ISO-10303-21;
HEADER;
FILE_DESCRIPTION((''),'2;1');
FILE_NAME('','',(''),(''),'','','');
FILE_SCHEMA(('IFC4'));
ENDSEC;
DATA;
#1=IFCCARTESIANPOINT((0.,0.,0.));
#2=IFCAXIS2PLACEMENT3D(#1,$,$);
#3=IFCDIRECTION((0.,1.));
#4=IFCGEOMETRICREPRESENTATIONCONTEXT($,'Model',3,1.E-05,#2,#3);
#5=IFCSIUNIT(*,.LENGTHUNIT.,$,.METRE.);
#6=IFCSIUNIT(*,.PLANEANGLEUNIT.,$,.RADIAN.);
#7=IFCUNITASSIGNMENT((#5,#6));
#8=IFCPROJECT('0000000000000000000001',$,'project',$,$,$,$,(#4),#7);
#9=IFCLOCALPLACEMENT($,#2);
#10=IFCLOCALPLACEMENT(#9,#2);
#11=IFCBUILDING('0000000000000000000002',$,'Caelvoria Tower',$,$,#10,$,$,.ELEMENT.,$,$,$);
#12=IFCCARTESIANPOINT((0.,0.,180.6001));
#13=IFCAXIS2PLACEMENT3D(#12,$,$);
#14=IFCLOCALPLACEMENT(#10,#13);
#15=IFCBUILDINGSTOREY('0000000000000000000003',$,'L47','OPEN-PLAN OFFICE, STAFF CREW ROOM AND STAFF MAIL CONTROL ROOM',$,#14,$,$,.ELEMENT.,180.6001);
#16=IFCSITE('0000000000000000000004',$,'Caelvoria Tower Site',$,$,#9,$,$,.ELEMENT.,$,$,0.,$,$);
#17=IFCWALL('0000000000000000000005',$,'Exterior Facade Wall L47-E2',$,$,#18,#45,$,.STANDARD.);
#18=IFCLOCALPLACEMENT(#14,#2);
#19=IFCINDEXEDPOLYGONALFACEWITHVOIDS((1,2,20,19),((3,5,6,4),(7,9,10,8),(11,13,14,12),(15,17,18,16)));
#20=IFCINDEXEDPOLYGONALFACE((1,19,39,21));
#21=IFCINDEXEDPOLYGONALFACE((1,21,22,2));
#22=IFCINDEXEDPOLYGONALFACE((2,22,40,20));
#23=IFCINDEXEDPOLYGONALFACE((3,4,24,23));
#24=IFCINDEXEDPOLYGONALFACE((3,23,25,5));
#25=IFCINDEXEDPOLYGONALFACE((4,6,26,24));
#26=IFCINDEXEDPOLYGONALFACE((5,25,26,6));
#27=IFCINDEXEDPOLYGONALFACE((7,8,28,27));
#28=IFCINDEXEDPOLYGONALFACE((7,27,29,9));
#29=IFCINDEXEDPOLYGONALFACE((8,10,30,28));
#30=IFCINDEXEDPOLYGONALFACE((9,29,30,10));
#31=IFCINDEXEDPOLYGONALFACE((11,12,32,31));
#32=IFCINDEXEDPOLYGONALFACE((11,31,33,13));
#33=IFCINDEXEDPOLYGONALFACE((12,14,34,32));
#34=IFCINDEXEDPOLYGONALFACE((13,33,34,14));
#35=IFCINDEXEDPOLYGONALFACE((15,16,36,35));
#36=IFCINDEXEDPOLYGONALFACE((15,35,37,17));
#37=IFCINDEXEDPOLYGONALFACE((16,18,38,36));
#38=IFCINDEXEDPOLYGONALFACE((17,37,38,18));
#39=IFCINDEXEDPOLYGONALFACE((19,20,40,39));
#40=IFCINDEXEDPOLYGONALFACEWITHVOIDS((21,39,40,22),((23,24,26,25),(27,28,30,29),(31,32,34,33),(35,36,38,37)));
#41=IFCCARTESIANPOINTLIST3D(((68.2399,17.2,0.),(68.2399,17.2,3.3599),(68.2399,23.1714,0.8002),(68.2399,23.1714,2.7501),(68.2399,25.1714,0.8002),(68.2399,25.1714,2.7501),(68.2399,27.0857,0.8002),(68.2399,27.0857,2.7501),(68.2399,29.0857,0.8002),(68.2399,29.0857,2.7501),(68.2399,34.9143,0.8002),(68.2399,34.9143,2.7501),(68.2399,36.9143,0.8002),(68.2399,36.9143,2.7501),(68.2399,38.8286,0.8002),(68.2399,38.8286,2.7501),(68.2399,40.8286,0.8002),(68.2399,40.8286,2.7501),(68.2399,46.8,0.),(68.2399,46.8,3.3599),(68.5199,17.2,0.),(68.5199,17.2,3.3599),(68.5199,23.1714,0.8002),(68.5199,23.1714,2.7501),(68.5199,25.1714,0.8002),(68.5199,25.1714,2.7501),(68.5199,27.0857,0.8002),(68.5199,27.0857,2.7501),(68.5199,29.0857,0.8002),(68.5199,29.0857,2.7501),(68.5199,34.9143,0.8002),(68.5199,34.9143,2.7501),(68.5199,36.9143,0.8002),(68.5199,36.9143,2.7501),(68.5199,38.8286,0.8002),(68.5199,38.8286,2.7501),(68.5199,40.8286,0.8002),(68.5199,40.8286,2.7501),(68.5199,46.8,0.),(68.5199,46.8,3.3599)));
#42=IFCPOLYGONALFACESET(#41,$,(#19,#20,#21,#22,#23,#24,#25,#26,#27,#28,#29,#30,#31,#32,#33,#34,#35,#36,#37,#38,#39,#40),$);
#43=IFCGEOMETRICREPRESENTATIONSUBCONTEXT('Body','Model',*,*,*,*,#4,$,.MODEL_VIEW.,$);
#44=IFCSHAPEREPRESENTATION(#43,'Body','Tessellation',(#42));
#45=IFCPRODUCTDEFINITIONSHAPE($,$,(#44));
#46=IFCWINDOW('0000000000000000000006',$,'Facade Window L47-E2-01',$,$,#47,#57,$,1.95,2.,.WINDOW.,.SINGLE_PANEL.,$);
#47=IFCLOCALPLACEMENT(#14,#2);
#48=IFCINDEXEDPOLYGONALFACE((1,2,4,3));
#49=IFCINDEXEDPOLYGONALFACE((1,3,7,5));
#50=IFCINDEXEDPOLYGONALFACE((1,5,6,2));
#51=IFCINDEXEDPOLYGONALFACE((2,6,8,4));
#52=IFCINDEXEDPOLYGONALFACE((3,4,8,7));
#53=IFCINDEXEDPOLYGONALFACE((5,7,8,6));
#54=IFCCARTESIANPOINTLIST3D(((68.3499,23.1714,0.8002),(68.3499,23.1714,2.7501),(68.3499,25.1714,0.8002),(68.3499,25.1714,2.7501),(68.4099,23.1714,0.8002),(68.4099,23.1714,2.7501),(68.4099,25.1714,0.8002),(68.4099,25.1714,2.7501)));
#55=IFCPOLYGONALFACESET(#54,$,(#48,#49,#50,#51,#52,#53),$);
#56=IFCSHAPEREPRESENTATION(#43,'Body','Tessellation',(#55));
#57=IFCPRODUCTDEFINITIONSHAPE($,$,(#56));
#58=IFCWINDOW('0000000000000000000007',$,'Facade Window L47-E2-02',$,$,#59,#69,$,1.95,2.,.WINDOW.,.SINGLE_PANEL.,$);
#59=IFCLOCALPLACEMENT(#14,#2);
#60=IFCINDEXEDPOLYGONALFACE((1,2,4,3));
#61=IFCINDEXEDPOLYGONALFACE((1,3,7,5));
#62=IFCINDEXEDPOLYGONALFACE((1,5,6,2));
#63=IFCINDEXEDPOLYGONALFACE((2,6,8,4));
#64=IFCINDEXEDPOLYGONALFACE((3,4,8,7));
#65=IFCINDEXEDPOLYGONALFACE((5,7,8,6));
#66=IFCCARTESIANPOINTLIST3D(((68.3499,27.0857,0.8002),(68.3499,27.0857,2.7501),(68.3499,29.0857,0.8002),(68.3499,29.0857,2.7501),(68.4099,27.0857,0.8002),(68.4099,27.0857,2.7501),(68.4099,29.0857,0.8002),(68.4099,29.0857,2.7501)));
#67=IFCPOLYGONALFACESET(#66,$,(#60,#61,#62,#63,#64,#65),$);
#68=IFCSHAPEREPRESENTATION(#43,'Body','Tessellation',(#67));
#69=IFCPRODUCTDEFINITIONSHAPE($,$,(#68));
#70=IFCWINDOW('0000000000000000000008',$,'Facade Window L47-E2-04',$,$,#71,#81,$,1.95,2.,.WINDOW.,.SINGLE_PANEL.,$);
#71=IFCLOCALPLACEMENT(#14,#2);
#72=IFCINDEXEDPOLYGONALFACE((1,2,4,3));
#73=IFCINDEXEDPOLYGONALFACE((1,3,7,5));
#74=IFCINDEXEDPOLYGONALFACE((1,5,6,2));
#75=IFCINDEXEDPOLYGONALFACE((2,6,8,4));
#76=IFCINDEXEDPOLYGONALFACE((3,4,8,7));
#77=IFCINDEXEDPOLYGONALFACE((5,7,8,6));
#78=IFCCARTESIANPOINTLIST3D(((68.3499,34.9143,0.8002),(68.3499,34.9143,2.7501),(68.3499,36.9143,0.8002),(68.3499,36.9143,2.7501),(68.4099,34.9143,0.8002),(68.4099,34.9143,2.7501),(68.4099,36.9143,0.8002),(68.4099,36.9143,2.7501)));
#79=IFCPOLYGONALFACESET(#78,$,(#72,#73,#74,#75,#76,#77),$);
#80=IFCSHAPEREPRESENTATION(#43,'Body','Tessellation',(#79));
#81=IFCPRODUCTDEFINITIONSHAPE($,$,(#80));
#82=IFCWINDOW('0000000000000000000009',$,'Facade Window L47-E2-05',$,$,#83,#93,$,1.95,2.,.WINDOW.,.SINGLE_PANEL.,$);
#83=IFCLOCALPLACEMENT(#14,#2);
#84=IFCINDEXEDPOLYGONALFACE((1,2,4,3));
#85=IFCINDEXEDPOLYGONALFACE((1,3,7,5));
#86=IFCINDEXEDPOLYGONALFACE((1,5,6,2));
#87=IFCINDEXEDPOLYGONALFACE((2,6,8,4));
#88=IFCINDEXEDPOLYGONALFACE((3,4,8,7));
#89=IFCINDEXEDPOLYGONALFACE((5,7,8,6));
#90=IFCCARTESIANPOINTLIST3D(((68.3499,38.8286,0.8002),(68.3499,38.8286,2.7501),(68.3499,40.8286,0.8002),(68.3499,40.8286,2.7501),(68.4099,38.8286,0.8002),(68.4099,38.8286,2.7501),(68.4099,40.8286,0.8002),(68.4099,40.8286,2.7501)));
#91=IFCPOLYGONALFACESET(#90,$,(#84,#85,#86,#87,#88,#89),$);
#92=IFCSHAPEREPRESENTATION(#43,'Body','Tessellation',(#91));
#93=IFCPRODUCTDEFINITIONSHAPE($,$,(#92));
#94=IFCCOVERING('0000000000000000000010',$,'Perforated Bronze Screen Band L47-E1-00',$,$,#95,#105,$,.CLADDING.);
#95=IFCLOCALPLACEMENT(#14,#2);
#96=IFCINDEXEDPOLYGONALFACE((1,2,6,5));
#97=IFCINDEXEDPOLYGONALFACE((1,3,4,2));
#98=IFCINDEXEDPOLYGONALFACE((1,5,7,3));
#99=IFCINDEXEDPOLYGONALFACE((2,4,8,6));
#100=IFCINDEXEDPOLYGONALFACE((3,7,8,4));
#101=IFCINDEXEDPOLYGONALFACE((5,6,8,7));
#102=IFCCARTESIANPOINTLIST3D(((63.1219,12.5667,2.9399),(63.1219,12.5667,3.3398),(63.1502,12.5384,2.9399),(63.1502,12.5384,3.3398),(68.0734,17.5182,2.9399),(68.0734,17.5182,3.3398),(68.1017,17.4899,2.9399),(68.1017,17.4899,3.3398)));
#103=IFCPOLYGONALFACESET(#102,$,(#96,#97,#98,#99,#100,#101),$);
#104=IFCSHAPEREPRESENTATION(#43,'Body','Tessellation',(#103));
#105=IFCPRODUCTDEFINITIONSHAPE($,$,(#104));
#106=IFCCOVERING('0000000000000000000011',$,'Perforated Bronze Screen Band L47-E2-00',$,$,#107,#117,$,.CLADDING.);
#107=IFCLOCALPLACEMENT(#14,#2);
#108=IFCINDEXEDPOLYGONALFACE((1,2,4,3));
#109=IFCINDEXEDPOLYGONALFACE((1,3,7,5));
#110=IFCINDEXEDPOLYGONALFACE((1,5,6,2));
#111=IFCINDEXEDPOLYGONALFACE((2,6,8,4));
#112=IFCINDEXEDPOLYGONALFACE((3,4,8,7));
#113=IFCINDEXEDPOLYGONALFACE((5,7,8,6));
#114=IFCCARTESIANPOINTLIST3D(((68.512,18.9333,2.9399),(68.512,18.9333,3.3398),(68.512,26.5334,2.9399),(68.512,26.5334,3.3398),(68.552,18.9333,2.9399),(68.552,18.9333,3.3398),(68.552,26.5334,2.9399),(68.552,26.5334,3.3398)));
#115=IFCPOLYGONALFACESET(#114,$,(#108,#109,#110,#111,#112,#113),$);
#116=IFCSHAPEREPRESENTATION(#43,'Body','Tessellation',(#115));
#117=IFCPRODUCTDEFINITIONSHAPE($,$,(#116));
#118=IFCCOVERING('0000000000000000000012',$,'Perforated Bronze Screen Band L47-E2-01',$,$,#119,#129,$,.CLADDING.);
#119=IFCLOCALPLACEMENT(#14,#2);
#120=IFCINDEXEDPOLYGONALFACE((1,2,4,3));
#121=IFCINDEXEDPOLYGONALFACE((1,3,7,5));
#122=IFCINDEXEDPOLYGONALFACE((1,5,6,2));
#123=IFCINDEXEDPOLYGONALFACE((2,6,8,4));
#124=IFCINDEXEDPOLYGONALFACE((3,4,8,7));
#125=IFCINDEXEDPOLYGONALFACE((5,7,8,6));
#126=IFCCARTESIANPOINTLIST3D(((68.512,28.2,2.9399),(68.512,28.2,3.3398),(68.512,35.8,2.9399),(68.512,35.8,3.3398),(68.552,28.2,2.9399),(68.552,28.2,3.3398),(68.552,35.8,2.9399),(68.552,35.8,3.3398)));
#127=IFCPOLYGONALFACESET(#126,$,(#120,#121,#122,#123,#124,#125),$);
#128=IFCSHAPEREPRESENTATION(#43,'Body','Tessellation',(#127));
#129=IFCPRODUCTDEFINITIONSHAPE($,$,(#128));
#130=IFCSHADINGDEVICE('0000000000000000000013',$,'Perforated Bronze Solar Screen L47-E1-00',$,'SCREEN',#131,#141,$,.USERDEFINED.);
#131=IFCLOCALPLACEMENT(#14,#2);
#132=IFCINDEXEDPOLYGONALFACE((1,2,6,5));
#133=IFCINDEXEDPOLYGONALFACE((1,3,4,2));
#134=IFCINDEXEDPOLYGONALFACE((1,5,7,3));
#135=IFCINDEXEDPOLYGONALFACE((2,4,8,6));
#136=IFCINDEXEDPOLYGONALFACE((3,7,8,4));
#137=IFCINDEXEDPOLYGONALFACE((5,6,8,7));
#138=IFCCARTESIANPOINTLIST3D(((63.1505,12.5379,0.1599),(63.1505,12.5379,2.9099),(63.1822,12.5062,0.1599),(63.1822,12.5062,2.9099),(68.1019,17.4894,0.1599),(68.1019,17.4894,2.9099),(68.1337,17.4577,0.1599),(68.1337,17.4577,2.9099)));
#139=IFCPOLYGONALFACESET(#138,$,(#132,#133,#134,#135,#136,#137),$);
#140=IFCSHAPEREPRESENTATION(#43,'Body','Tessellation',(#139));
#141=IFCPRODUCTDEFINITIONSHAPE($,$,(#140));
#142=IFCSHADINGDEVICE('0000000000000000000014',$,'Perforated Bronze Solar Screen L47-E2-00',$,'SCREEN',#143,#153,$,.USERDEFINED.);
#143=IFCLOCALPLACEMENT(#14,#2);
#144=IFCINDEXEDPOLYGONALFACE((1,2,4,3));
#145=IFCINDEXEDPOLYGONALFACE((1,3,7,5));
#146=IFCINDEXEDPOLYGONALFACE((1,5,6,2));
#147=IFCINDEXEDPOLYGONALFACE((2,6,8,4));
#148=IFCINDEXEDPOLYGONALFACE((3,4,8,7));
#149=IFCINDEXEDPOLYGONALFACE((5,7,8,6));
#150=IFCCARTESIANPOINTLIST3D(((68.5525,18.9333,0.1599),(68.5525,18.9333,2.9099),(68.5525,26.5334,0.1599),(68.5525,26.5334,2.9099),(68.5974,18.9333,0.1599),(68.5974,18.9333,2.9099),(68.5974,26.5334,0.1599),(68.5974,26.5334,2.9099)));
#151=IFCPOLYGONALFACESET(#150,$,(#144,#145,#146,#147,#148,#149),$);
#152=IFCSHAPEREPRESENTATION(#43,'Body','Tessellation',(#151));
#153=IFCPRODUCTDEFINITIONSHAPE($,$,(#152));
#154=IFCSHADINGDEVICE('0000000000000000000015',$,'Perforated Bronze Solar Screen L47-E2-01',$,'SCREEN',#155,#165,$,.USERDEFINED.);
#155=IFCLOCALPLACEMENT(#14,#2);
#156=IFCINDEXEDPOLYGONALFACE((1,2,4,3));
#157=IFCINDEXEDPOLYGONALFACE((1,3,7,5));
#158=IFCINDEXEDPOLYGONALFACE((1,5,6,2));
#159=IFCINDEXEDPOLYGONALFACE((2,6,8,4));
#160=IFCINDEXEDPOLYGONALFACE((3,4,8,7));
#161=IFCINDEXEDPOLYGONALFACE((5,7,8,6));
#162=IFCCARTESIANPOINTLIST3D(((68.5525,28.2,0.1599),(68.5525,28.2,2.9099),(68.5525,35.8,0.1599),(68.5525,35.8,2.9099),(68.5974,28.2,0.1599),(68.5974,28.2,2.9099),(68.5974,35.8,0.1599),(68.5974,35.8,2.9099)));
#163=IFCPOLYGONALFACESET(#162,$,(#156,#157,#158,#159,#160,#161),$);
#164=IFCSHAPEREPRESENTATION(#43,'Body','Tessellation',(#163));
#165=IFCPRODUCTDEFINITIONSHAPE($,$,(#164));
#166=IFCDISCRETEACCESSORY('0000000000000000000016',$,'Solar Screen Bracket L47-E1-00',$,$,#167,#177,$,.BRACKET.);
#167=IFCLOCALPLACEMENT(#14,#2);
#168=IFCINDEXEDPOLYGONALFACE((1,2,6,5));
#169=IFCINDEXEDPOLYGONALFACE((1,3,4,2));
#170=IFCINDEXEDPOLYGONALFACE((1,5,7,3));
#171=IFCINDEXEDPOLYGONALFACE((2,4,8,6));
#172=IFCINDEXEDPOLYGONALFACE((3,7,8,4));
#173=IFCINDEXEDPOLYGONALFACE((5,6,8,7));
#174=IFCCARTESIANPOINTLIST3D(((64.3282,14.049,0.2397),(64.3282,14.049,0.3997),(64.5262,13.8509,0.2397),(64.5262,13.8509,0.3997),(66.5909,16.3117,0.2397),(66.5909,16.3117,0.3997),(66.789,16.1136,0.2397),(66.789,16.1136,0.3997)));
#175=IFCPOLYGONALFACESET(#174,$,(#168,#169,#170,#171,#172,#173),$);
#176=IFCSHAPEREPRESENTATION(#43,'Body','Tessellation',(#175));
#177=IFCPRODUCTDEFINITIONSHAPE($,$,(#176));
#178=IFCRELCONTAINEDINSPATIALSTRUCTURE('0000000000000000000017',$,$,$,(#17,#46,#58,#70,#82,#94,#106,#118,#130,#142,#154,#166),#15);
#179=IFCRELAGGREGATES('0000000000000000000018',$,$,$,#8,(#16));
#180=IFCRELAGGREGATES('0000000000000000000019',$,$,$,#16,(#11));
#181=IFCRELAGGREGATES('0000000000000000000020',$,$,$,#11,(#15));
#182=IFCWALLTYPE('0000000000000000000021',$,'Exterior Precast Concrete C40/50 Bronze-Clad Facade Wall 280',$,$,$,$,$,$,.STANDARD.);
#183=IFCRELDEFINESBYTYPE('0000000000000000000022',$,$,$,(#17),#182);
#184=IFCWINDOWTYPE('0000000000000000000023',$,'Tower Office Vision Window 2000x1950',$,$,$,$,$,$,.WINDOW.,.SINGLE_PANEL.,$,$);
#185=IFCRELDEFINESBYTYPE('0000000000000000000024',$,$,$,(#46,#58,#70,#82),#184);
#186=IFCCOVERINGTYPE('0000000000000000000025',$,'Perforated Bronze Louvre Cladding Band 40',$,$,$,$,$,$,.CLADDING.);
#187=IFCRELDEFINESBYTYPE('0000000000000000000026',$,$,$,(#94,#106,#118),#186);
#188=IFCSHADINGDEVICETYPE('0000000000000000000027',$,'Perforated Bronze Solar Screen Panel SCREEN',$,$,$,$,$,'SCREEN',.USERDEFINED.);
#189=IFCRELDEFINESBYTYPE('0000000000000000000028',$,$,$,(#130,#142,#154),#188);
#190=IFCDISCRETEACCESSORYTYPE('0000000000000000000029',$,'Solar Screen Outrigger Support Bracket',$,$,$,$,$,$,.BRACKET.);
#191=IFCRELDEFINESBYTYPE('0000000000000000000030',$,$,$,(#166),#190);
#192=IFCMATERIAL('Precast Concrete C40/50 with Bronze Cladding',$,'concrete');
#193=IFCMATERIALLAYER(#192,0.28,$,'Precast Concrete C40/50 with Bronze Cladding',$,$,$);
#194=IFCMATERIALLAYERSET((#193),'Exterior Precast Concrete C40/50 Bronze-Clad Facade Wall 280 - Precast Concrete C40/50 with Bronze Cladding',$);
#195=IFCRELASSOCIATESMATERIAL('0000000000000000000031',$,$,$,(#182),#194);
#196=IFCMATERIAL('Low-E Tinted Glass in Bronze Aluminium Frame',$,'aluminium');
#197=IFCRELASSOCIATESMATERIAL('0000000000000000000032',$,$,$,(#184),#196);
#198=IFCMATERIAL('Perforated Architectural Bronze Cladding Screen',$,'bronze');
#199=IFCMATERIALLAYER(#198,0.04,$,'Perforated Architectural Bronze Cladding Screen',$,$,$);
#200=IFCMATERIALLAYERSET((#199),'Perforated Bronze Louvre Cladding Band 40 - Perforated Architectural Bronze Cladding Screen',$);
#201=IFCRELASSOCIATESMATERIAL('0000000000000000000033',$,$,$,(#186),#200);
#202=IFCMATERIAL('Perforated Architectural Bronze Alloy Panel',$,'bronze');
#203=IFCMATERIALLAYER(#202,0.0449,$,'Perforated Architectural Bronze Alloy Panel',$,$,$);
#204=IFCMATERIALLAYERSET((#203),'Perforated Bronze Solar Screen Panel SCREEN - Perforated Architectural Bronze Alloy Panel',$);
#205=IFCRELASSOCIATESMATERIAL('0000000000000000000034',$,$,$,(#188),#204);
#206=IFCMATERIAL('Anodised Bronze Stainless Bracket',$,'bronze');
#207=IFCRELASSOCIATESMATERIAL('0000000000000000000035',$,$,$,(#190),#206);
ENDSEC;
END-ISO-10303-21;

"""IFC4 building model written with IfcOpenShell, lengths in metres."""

from ifc_helpers import new_model, si_unit, direction, frame, frame_2d, origin, origin_2d, place, context, subcontext, project, spatial, rectangle, extrude, material, layer, layer_set, type_object, element, fill, save


model = new_model("IFC4")

# Units and contexts
model_context = context("Model", 3, precision=1e-05, world=origin(), true_north=direction((0.0, 1.0)))
body_context = subcontext(model_context, "Body", "Model", "MODEL_VIEW")
ifc_project = project(units=[si_unit("LENGTHUNIT", "METRE"), si_unit("PLANEANGLEUNIT", "RADIAN")], contexts=[model_context])

# Site, building, storey
site_placement = place(None, origin())
site = spatial("IfcSite", under=ifc_project, at=site_placement, Name="Caelvoria Tower Site", CompositionType="ELEMENT", RefElevation=0.0)
building_placement = place(site_placement, origin())
building = spatial("IfcBuilding", under=site, at=building_placement, Name="Caelvoria Tower", CompositionType="ELEMENT")
storey_placement = place(building_placement, frame((0.0, 0.0, 180.6001)))
storey = spatial("IfcBuildingStorey", under=building, at=storey_placement, Name="L47", Description="OPEN-PLAN OFFICE, STAFF CREW ROOM AND STAFF MAIL CONTROL ROOM", CompositionType="ELEMENT", Elevation=180.6001)

# Shared definitions
ifc_material_1 = material(Name="Precast Concrete C40/50 with Bronze Cladding", Category="concrete")
ifc_layer_1 = layer(ifc_material_1, 0.28, Name="Precast Concrete C40/50 with Bronze Cladding")
ifc_layer_set_1 = layer_set([ifc_layer_1], Name="Exterior Precast Concrete C40/50 Bronze-Clad Facade Wall 280 - Precast Concrete C40/50 with Bronze Cladding")
wall_type = type_object("IfcWallType", Name="Exterior Precast Concrete C40/50 Bronze-Clad Facade Wall 280", PredefinedType="STANDARD", material=ifc_layer_set_1)

# Wall, openings, windows
wall_1_placement = place(storey_placement, frame((68.3799, 17.2, 0.0), z_axis=(0.0, 0.0, 1.0), x_axis=(0.0, 1.0, 0.0)))
wall_1 = element("IfcWall", 1, at=wall_1_placement, inside=storey, type_object=wall_type, Name="Exterior Facade Wall L47-E2", PredefinedType="STANDARD", context=body_context, shape_type="SweptSolid", body=[
    extrude(rectangle(XDim=29.6001, YDim=0.28, at=frame_2d((14.8, 0.0))), origin(), (0.0, 0.0, 1.0), 3.3599),
])
opening_1_placement = place(wall_1_placement, frame((5.9714, 0.0, 0.8)))
opening_1 = element("IfcOpeningElement", 2, at=opening_1_placement, cuts=wall_1, PredefinedType="OPENING", context=body_context, shape_type="SweptSolid", body=[
    extrude(rectangle(XDim=2.0, YDim=1.95, at=frame_2d((1.0, 0.9751))), frame((0.0, 0.1499, 0.0), z_axis=(0.0, -1.0, 0.0), x_axis=(1.0, 0.0, 0.0)), (0.0, 0.0, 1.0), 0.3),
])
opening_2_placement = place(wall_1_placement, frame((9.8857, 0.0, 0.8)))
opening_2 = element("IfcOpeningElement", 3, at=opening_2_placement, cuts=wall_1, PredefinedType="OPENING", context=body_context, shape_type="SweptSolid", body=[
    extrude(rectangle(XDim=2.0, YDim=1.95, at=frame_2d((1.0, 0.9751))), frame((0.0, 0.1499, 0.0), z_axis=(0.0, -1.0, 0.0), x_axis=(1.0, 0.0, 0.0)), (0.0, 0.0, 1.0), 0.3),
])
opening_3_placement = place(wall_1_placement, frame((17.7144, 0.0, 0.8)))
opening_3 = element("IfcOpeningElement", 4, at=opening_3_placement, cuts=wall_1, PredefinedType="OPENING", context=body_context, shape_type="SweptSolid", body=[
    extrude(rectangle(XDim=2.0, YDim=1.95, at=frame_2d((1.0, 0.9751))), frame((0.0, 0.1499, 0.0), z_axis=(0.0, -1.0, 0.0), x_axis=(1.0, 0.0, 0.0)), (0.0, 0.0, 1.0), 0.3),
])
opening_4_placement = place(wall_1_placement, frame((21.6287, 0.0, 0.8)))
opening_4 = element("IfcOpeningElement", 5, at=opening_4_placement, cuts=wall_1, PredefinedType="OPENING", context=body_context, shape_type="SweptSolid", body=[
    extrude(rectangle(XDim=2.0, YDim=1.95, at=frame_2d((1.0, 0.9751))), frame((0.0, 0.1499, 0.0), z_axis=(0.0, -1.0, 0.0), x_axis=(1.0, 0.0, 0.0)), (0.0, 0.0, 1.0), 0.3),
])
ifc_material_2 = material(Name="Low-E Tinted Glass in Bronze Aluminium Frame", Category="aluminium")
window_type = type_object("IfcWindowType", Name="Tower Office Vision Window 2000x1950", PartitioningType="SINGLE_PANEL", PredefinedType="WINDOW", material=ifc_material_2)
window_1_placement = place(opening_1_placement, origin())
window_1 = element("IfcWindow", 6, at=window_1_placement, inside=storey, type_object=window_type, Name="Facade Window L47-E2-01", OverallHeight=1.95, OverallWidth=2.0, PartitioningType="SINGLE_PANEL", PredefinedType="WINDOW", context=body_context, shape_type="SweptSolid", body=[
    extrude(rectangle(XDim=2.0, YDim=1.95, at=frame_2d((1.0, 0.9751))), frame((0.0, 0.03, 0.0), z_axis=(0.0, -1.0, 0.0), x_axis=(1.0, 0.0, 0.0)), (0.0, 0.0, 1.0), 0.0601),
])
fill(opening_1, window_1)
window_2_placement = place(opening_2_placement, origin())
window_2 = element("IfcWindow", 7, at=window_2_placement, inside=storey, type_object=window_type, Name="Facade Window L47-E2-02", OverallHeight=1.95, OverallWidth=2.0, PartitioningType="SINGLE_PANEL", PredefinedType="WINDOW", context=body_context, shape_type="SweptSolid", body=[
    extrude(rectangle(XDim=2.0, YDim=1.95, at=frame_2d((1.0, 0.9751))), frame((0.0, 0.03, 0.0), z_axis=(0.0, -1.0, 0.0), x_axis=(1.0, 0.0, 0.0)), (0.0, 0.0, 1.0), 0.0601),
])
fill(opening_2, window_2)
window_3_placement = place(opening_3_placement, origin())
window_3 = element("IfcWindow", 8, at=window_3_placement, inside=storey, type_object=window_type, Name="Facade Window L47-E2-04", OverallHeight=1.95, OverallWidth=2.0, PartitioningType="SINGLE_PANEL", PredefinedType="WINDOW", context=body_context, shape_type="SweptSolid", body=[
    extrude(rectangle(XDim=2.0, YDim=1.95, at=frame_2d((1.0, 0.9751))), frame((0.0, 0.03, 0.0), z_axis=(0.0, -1.0, 0.0), x_axis=(1.0, 0.0, 0.0)), (0.0, 0.0, 1.0), 0.0601),
])
fill(opening_3, window_3)
window_4_placement = place(opening_4_placement, origin())
window_4 = element("IfcWindow", 9, at=window_4_placement, inside=storey, type_object=window_type, Name="Facade Window L47-E2-05", OverallHeight=1.95, OverallWidth=2.0, PartitioningType="SINGLE_PANEL", PredefinedType="WINDOW", context=body_context, shape_type="SweptSolid", body=[
    extrude(rectangle(XDim=2.0, YDim=1.95, at=frame_2d((1.0, 0.9751))), frame((0.0, 0.03, 0.0), z_axis=(0.0, -1.0, 0.0), x_axis=(1.0, 0.0, 0.0)), (0.0, 0.0, 1.0), 0.0601),
])
fill(opening_4, window_4)

# Coverings
ifc_material_3 = material(Name="Perforated Architectural Bronze Cladding Screen", Category="bronze")
ifc_layer_2 = layer(ifc_material_3, 0.04, Name="Perforated Architectural Bronze Cladding Screen")
ifc_layer_set_2 = layer_set([ifc_layer_2], Name="Perforated Bronze Louvre Cladding Band 40 - Perforated Architectural Bronze Cladding Screen")
covering_type = type_object("IfcCoveringType", Name="Perforated Bronze Louvre Cladding Band 40", PredefinedType="CLADDING", material=ifc_layer_set_2)
covering_placement = place(storey_placement, frame((65.6118, 15.0283, 2.9399), z_axis=(0.0, 0.0, 1.0), x_axis=(0.707107, 0.707107, 0.0)))
element("IfcCovering", 10, at=covering_placement, inside=storey, type_object=covering_type, Name="Perforated Bronze Screen Band L47-E1-00", PredefinedType="CLADDING", context=body_context, shape_type="SweptSolid", body=[
    extrude(rectangle(XDim=7.0024, YDim=0.04, at=origin_2d()), origin(), (0.0, 0.0, 1.0), 0.3999),
])
for number, where, z_axis, x_axis, name in (
    (11, (68.532, 22.7334, 2.9399), (0.0, 0.0, 1.0), (0.0, 1.0, 0.0), "Perforated Bronze Screen Band L47-E2-00"),
    (12, (68.532, 32.0, 2.9399), (0.0, 0.0, 1.0), (0.0, 1.0, 0.0), "Perforated Bronze Screen Band L47-E2-01"),
):
    element("IfcCovering", number, at=place(storey_placement, frame(where, z_axis=z_axis, x_axis=x_axis)), inside=storey, type_object=covering_type, Name=name, PredefinedType="CLADDING", context=body_context, shape_type="SweptSolid", body=[
        extrude(rectangle(XDim=7.6001, YDim=0.04, at=origin_2d()), origin(), (0.0, 0.0, 1.0), 0.3999),
    ])

# Shading devices
ifc_material_4 = material(Name="Perforated Architectural Bronze Alloy Panel", Category="bronze")
ifc_layer_3 = layer(ifc_material_4, 0.0449, Name="Perforated Architectural Bronze Alloy Panel")
ifc_layer_set_3 = layer_set([ifc_layer_3], Name="Perforated Bronze Solar Screen Panel SCREEN - Perforated Architectural Bronze Alloy Panel")
shading_device_type = type_object("IfcShadingDeviceType", Name="Perforated Bronze Solar Screen Panel SCREEN", ElementType="SCREEN", PredefinedType="USERDEFINED", material=ifc_layer_set_3)
shading_device_placement = place(storey_placement, frame((65.6421, 14.9978, 0.1599), z_axis=(0.0, 0.0, 1.0), x_axis=(0.707107, 0.707107, 0.0)))
element("IfcShadingDevice", 13, at=shading_device_placement, inside=storey, type_object=shading_device_type, Name="Perforated Bronze Solar Screen L47-E1-00", ObjectType="SCREEN", PredefinedType="USERDEFINED", context=body_context, shape_type="SweptSolid", body=[
    extrude(rectangle(XDim=7.0024, YDim=0.0449, at=origin_2d()), origin(), (0.0, 0.0, 1.0), 2.75),
])
for number, where, z_axis, x_axis, name in (
    (14, (68.575, 22.7334, 0.1599), (0.0, 0.0, 1.0), (0.0, 1.0, 0.0), "Perforated Bronze Solar Screen L47-E2-00"),
    (15, (68.575, 32.0, 0.1599), (0.0, 0.0, 1.0), (0.0, 1.0, 0.0), "Perforated Bronze Solar Screen L47-E2-01"),
):
    element("IfcShadingDevice", number, at=place(storey_placement, frame(where, z_axis=z_axis, x_axis=x_axis)), inside=storey, type_object=shading_device_type, Name=name, ObjectType="SCREEN", PredefinedType="USERDEFINED", context=body_context, shape_type="SweptSolid", body=[
        extrude(rectangle(XDim=7.6001, YDim=0.0449, at=origin_2d()), origin(), (0.0, 0.0, 1.0), 2.75),
    ])

# Discrete accessory
ifc_material_5 = material(Name="Anodised Bronze Stainless Bracket", Category="bronze")
discrete_accessory_type = type_object("IfcDiscreteAccessoryType", Name="Solar Screen Outrigger Support Bracket", PredefinedType="BRACKET", material=ifc_material_5)
for number, where, z_axis, x_axis, name in (
    (16, (65.5586, 15.0813, 0.2397), (0.0, 0.0, 1.0), (0.707107, 0.707107, 0.0), "Solar Screen Bracket L47-E1-00"),
):
    element("IfcDiscreteAccessory", number, at=place(storey_placement, frame(where, z_axis=z_axis, x_axis=x_axis)), inside=storey, type_object=discrete_accessory_type, Name=name, PredefinedType="BRACKET", context=body_context, shape_type="SweptSolid", body=[
        extrude(rectangle(XDim=3.2, YDim=0.28, at=origin_2d()), origin(), (0.0, 0.0, 1.0), 0.1599),
    ])

save(model, "model.ifc")
